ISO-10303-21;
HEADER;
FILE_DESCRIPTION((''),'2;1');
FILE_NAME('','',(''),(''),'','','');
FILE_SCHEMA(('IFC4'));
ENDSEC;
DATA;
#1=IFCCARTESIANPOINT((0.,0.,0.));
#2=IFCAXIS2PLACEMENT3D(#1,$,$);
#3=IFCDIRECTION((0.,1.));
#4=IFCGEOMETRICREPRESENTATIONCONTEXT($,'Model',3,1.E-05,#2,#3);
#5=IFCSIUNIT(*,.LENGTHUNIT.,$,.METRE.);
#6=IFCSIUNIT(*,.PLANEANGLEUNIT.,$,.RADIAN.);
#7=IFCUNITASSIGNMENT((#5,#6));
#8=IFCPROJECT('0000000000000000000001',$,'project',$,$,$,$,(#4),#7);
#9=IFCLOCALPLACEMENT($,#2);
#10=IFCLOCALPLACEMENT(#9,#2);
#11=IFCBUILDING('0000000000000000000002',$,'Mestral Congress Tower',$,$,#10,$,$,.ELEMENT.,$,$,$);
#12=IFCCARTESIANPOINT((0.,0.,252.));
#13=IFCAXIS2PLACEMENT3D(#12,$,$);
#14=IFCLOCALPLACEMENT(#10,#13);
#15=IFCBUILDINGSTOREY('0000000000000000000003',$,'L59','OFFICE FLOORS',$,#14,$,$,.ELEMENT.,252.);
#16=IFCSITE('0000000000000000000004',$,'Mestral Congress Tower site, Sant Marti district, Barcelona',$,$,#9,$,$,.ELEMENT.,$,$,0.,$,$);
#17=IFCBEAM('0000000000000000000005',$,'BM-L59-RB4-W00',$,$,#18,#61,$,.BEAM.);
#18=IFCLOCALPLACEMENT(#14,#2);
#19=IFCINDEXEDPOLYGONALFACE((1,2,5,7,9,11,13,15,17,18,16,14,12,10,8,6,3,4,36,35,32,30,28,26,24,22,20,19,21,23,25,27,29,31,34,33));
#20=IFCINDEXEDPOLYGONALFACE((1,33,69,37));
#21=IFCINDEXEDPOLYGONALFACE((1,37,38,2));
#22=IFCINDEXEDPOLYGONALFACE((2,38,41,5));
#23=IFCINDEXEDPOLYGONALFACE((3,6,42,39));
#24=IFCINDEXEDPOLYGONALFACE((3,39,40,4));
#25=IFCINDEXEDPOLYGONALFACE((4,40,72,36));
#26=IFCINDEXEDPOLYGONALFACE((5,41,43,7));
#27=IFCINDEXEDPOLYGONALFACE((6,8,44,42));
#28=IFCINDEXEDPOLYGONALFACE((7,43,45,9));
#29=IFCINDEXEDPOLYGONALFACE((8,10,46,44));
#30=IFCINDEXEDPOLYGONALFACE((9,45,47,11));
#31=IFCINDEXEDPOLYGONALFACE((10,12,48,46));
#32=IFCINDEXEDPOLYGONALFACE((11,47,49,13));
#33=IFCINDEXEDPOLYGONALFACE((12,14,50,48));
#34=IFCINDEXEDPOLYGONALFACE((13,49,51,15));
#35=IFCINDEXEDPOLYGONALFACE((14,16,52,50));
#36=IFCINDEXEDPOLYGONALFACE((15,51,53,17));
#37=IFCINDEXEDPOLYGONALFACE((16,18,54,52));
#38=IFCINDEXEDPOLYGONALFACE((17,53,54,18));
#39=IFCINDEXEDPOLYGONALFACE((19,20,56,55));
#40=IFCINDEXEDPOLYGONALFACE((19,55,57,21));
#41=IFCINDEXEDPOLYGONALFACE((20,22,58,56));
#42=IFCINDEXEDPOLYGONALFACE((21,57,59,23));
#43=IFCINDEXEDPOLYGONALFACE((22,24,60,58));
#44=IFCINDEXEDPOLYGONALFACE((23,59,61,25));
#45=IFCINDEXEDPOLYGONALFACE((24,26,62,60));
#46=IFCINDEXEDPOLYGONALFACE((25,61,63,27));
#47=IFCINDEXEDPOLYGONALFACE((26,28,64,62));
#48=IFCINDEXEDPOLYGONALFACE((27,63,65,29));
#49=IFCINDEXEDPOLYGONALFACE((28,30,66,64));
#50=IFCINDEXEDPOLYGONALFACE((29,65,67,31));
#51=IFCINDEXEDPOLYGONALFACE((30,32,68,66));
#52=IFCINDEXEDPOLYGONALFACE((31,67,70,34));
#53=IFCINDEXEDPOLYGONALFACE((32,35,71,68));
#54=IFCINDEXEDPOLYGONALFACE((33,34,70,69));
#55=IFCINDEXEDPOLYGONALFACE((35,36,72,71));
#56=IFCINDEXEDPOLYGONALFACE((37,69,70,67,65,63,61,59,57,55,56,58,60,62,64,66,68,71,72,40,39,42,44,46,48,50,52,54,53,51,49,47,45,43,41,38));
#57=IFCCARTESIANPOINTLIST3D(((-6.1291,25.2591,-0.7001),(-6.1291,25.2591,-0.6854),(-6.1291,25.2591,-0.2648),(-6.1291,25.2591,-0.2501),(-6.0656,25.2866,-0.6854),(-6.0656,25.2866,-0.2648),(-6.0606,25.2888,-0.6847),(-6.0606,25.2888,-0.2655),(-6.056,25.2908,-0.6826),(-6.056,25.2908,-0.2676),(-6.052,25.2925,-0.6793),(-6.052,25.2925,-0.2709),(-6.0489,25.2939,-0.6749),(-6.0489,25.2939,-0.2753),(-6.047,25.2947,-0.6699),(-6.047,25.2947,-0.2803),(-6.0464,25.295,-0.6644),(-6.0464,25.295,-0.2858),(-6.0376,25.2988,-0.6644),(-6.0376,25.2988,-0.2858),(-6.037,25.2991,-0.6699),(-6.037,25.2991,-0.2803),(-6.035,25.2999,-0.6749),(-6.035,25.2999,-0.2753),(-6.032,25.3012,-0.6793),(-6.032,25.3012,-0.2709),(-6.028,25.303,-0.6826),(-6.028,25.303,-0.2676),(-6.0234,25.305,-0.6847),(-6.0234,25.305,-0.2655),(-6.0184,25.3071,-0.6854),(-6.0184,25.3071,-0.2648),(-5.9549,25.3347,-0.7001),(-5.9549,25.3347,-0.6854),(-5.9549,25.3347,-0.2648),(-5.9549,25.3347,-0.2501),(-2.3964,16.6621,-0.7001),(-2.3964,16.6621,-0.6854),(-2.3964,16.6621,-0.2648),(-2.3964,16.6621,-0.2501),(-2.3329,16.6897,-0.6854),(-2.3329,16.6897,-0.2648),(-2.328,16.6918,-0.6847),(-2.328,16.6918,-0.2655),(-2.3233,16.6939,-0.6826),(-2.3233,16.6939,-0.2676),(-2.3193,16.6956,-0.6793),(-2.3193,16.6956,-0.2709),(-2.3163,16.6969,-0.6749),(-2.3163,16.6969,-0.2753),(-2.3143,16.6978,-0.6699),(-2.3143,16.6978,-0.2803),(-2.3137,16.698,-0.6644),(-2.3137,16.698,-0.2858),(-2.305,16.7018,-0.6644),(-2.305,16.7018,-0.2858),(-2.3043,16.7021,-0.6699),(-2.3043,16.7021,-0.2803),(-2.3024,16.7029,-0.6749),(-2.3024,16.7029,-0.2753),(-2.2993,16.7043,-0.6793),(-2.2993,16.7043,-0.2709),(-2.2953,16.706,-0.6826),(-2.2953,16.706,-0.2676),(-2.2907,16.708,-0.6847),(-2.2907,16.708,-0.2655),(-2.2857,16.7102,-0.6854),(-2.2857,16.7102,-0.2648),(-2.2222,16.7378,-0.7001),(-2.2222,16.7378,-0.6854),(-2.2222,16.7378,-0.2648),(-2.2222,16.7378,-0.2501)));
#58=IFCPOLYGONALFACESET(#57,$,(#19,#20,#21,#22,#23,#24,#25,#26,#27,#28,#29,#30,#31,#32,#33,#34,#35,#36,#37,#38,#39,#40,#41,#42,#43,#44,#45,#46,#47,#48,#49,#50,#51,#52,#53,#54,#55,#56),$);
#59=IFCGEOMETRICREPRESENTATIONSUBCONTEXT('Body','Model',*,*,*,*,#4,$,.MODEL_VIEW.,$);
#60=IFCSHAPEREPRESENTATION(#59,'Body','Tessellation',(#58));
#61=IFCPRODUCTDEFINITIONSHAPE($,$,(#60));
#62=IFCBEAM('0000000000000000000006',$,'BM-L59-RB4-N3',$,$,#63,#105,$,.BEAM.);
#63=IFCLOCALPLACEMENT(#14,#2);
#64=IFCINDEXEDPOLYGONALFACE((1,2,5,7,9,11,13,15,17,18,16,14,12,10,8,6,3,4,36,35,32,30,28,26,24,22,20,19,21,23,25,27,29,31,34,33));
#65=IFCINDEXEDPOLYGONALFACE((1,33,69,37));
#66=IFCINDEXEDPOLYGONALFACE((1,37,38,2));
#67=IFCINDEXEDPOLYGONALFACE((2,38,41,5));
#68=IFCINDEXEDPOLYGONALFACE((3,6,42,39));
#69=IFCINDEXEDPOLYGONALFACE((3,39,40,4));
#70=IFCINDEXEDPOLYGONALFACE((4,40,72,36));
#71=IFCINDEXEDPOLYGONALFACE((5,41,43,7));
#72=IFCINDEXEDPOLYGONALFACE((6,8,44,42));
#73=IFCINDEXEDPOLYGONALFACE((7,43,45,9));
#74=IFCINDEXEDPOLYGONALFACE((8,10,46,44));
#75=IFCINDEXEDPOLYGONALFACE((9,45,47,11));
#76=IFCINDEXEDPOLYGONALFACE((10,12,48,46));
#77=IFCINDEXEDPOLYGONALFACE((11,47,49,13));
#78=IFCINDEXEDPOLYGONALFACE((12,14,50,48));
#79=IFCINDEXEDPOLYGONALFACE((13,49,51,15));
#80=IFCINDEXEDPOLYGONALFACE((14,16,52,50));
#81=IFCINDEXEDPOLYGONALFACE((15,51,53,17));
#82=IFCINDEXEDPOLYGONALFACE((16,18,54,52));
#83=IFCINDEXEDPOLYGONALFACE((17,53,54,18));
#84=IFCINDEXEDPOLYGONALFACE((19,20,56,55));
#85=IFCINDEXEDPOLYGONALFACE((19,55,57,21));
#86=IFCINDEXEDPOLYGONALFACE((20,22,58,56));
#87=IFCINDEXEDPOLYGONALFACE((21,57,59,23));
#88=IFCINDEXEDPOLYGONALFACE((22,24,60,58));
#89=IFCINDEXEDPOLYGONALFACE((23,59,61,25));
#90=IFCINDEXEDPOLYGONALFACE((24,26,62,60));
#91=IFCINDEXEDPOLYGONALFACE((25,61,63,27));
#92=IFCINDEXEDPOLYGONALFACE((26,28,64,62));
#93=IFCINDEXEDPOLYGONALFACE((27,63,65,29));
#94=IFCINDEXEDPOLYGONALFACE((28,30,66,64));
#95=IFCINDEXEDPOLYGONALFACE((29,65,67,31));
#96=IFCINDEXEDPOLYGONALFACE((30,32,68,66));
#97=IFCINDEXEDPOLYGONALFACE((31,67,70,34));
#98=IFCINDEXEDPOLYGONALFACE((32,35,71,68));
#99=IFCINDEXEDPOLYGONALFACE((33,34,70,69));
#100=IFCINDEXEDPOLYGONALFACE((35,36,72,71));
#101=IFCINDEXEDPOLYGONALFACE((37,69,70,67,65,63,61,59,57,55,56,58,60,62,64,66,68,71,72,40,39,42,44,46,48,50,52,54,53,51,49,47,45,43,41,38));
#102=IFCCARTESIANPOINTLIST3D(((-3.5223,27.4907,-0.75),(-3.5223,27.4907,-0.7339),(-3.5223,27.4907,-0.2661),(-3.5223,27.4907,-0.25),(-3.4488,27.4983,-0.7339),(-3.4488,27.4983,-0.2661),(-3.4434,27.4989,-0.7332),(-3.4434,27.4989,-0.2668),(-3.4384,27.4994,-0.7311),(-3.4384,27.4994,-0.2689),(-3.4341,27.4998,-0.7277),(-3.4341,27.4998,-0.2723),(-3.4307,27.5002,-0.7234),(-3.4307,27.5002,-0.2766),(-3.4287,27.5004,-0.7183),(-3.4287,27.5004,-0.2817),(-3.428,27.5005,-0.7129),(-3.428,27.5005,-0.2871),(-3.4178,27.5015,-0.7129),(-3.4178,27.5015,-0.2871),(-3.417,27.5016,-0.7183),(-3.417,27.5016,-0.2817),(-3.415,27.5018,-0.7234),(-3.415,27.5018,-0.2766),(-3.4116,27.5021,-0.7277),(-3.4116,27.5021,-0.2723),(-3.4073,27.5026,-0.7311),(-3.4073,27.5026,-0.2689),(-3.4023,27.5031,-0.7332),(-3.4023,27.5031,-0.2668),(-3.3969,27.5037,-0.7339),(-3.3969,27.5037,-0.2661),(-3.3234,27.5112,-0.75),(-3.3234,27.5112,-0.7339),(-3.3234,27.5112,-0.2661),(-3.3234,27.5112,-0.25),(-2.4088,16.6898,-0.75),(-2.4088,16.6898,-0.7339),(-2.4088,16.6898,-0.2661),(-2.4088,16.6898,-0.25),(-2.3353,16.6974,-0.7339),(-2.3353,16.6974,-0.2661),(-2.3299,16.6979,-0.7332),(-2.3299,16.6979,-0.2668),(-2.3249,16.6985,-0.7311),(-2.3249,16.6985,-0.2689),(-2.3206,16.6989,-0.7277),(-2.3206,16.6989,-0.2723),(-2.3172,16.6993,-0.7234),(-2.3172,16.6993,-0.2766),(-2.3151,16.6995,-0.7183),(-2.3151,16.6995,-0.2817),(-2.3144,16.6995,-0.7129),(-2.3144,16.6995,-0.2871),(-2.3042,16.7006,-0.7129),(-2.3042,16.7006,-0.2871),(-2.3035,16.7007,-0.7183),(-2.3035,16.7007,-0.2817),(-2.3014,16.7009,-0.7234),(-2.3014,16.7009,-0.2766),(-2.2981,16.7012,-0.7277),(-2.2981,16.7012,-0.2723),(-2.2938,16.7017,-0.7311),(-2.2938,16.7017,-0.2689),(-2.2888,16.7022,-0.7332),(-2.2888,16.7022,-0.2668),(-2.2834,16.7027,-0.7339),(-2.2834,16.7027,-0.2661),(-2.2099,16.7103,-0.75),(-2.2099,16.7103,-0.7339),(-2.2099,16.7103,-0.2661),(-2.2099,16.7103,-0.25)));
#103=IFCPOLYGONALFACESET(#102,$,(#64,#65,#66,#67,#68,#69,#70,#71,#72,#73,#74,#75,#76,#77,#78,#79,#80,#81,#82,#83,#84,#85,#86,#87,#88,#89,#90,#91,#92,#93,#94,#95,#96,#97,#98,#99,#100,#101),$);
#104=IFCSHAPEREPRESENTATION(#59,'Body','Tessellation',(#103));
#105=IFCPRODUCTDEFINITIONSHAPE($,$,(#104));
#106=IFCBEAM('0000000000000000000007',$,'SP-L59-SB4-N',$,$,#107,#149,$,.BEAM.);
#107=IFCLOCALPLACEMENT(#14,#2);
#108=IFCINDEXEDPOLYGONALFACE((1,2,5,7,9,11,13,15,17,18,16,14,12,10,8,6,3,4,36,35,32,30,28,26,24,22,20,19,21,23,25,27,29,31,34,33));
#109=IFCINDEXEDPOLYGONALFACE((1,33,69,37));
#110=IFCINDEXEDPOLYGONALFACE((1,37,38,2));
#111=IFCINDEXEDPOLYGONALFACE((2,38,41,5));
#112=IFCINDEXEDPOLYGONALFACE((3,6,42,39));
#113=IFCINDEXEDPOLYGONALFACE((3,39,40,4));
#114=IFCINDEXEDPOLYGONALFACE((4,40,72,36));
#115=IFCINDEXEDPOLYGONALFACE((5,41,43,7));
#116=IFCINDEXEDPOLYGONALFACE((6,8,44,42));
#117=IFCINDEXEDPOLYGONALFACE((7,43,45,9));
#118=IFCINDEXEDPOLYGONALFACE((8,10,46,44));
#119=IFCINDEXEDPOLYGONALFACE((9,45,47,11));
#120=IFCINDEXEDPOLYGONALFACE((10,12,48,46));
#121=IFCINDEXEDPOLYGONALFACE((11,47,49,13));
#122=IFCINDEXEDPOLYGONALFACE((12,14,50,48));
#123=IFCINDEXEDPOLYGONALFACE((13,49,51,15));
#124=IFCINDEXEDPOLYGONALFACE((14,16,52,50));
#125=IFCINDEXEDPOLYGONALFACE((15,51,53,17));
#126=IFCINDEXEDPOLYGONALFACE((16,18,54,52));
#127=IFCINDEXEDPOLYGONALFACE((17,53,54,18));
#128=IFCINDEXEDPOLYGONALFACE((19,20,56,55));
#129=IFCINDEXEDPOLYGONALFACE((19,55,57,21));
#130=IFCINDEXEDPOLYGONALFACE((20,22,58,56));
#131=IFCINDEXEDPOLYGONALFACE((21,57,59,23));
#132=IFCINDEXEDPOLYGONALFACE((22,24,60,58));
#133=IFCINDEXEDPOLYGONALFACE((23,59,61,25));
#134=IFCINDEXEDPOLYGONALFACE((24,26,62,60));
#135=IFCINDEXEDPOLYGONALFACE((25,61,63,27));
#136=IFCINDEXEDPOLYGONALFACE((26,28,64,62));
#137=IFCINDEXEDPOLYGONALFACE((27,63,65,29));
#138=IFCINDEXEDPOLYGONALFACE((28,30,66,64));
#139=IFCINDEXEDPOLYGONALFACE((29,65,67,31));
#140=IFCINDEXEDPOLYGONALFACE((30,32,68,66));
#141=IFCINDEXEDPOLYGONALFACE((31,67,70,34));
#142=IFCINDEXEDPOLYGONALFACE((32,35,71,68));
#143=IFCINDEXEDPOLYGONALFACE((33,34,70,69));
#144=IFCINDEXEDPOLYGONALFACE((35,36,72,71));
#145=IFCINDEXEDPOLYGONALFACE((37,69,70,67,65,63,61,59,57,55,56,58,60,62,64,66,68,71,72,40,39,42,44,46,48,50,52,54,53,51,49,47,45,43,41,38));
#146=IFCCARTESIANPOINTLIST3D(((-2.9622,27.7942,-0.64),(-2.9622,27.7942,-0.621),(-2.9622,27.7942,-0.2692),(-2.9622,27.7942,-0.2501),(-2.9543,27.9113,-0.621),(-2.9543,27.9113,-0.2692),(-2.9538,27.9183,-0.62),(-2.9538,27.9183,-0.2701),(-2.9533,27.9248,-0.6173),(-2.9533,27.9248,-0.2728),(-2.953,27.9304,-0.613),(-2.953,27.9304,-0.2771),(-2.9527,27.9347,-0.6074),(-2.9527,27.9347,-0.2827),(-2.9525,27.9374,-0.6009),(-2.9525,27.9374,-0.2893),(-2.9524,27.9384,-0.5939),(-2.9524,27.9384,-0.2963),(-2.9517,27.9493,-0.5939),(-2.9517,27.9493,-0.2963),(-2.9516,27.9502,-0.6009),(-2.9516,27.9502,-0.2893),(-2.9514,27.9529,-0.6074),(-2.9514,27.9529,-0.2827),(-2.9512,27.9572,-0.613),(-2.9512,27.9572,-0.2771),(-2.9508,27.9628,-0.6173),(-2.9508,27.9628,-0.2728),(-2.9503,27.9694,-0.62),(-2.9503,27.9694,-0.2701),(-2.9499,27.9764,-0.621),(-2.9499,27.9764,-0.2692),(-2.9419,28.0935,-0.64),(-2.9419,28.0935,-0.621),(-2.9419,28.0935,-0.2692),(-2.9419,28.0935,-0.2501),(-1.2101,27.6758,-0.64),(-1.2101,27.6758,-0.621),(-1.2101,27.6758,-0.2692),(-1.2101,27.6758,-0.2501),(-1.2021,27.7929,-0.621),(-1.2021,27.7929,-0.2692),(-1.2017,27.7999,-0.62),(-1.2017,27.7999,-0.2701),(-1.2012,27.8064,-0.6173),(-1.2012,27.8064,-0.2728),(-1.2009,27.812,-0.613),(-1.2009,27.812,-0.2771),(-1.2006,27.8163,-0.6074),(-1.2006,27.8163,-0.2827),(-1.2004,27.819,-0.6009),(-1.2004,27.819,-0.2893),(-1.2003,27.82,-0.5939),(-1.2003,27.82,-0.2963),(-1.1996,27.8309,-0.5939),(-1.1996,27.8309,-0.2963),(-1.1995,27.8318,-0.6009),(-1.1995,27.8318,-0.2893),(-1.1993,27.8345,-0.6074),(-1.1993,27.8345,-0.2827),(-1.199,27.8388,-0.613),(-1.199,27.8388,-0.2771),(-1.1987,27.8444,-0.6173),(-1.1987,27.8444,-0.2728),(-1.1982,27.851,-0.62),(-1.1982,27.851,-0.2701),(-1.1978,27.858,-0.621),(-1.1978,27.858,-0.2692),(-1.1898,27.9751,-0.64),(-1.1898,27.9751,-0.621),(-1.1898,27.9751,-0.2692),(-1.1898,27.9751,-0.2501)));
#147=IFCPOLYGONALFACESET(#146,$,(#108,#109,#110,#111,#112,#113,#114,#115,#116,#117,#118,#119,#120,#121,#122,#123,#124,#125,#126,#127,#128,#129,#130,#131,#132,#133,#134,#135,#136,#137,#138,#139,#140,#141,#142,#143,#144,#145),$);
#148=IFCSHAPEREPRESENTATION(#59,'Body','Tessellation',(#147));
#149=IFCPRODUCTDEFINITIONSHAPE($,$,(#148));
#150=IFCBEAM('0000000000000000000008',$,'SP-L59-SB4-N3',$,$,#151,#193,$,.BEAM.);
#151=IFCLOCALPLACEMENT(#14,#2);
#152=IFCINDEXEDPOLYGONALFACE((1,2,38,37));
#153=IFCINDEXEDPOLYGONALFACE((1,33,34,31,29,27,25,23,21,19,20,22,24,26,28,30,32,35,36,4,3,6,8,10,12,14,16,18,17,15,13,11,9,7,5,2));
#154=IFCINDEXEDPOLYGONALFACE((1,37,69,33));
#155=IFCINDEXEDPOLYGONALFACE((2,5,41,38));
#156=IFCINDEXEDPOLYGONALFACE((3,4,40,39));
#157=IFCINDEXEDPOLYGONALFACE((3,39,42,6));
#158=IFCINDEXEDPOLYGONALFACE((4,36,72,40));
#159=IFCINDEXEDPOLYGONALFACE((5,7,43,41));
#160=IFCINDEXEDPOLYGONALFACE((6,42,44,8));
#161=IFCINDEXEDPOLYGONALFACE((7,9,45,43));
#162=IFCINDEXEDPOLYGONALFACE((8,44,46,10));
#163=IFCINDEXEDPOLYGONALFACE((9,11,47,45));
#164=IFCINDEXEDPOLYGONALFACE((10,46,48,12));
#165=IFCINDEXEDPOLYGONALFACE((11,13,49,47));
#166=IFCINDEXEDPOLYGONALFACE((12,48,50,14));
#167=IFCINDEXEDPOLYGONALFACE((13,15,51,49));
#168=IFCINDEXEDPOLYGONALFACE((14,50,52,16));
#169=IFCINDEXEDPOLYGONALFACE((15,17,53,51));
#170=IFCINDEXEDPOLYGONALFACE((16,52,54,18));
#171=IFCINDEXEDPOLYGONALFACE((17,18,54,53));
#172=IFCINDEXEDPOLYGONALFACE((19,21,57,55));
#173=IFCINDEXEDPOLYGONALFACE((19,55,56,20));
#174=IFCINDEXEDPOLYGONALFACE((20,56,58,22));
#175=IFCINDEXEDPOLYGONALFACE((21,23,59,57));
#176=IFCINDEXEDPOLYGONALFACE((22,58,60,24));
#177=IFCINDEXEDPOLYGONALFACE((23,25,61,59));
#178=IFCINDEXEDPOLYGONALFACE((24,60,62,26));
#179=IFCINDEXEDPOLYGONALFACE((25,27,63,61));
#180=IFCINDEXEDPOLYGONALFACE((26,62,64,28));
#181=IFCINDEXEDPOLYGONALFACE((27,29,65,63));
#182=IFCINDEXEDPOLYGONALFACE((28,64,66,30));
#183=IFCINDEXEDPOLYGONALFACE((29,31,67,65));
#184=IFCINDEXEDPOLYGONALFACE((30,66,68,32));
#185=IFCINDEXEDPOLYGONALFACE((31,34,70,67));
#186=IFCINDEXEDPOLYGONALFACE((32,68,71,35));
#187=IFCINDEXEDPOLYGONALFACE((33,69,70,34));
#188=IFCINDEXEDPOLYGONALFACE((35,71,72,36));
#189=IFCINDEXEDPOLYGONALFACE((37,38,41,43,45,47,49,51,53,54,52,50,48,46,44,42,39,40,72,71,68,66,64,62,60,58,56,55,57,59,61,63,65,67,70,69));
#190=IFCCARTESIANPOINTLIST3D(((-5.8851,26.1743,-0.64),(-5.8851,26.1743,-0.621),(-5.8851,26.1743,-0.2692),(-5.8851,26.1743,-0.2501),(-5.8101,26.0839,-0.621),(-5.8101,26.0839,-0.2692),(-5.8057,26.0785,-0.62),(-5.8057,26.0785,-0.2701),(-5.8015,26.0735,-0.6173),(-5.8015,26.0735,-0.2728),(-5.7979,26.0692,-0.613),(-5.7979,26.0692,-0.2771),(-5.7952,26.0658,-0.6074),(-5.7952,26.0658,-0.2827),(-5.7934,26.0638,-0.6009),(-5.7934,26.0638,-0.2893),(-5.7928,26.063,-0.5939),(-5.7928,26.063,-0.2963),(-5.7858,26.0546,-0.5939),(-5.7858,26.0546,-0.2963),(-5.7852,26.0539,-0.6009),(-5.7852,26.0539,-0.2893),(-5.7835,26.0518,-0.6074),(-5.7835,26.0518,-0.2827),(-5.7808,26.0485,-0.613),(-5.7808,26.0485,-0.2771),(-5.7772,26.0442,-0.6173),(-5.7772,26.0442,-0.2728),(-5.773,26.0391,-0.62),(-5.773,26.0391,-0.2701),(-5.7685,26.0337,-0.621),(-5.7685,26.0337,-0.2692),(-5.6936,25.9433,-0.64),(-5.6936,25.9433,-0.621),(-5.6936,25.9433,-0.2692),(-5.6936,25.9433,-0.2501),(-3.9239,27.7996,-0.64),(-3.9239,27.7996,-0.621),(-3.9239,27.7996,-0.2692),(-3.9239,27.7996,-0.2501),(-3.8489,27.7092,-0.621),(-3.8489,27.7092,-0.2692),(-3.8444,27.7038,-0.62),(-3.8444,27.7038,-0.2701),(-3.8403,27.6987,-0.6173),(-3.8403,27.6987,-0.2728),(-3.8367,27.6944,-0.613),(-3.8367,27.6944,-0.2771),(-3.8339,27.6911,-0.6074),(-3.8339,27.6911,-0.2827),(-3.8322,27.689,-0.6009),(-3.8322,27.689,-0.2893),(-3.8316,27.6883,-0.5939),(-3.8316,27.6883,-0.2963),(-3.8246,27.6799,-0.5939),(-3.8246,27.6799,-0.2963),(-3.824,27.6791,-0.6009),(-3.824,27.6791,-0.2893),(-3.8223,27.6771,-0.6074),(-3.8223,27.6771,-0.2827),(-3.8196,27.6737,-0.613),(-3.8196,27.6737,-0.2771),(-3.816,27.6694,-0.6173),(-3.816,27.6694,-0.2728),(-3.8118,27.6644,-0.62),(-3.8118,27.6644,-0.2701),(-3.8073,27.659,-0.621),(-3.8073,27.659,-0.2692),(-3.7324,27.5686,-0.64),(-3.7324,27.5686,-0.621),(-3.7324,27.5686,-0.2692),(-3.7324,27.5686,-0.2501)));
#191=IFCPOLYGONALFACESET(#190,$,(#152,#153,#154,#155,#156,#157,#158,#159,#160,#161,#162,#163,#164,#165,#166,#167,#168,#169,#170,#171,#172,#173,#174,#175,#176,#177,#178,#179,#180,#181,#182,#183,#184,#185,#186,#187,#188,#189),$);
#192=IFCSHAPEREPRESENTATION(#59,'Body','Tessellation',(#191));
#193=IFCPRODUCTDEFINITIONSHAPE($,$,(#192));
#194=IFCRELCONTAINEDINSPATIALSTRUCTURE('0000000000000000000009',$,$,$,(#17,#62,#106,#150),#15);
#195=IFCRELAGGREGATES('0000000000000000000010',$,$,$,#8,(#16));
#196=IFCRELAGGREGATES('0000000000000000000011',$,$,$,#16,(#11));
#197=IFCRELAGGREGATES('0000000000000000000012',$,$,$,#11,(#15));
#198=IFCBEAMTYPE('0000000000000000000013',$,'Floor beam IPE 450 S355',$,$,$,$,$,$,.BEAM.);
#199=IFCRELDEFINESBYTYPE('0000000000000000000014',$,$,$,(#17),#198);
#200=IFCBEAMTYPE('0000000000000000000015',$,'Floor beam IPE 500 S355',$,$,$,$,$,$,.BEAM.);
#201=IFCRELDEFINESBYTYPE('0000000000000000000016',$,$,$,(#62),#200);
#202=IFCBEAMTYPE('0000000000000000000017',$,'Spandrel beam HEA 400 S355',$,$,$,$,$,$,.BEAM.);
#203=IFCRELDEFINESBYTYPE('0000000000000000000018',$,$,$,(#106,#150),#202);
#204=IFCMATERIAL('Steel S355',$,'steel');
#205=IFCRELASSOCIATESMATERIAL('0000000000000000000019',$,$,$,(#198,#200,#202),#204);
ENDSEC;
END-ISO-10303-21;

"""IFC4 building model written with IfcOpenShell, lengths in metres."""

from ifc_helpers import new_model, si_unit, direction, frame, origin, origin_2d, place, context, subcontext, project, spatial, i_section, extrude, material, material_profile, profile_set, type_object, element, save


model = new_model("IFC4")

# Units and contexts
model_context = context("Model", 3, precision=1e-05, world=origin(), true_north=direction((0.0, 1.0)))
body_context = subcontext(model_context, "Body", "Model", "MODEL_VIEW")
ifc_project = project(units=[si_unit("LENGTHUNIT", "METRE"), si_unit("PLANEANGLEUNIT", "RADIAN")], contexts=[model_context])

# Site, building, storey
site_placement = place(None, origin())
site = spatial("IfcSite", under=ifc_project, at=site_placement, Name="Mestral Congress Tower site, Sant Marti district, Barcelona", CompositionType="ELEMENT", RefElevation=0.0)
building_placement = place(site_placement, origin())
building = spatial("IfcBuilding", under=site, at=building_placement, Name="Mestral Congress Tower", CompositionType="ELEMENT")
storey_placement = place(building_placement, frame((0.0, 0.0, 252.0)))
storey = spatial("IfcBuildingStorey", under=building, at=storey_placement, Name="L59", Description="OFFICE FLOORS", CompositionType="ELEMENT", Elevation=252.0)

# Beams
ifc_material_1 = material(Name="Steel S355", Category="steel")
ifc_material_profile_1 = material_profile(ifc_material_1, i_section(OverallWidth=0.1899, OverallDepth=0.45, WebThickness=0.0095, FlangeThickness=0.0146, FilletRadius=0.021, at=origin_2d()), Name="IPE 450")
ifc_profile_set_1 = profile_set([ifc_material_profile_1], Name="Steel S355")
beam_type_1 = type_object("IfcBeamType", Name="Floor beam IPE 450 S355", PredefinedType="BEAM", material=ifc_profile_set_1)
beam_1_placement = place(storey_placement, frame((-6.042, 25.2969, -0.4751), z_axis=(0.398266, -0.91727, 0.0), x_axis=(0.91727, 0.398266, 0.0)))
element("IfcBeam", 1, at=beam_1_placement, inside=storey, type_object=beam_type_1, Name="BM-L59-RB4-W00", PredefinedType="BEAM", context=body_context, shape_type="SweptSolid", body=[
    extrude(i_section(OverallWidth=0.1899, OverallDepth=0.45, WebThickness=0.0095, FlangeThickness=0.0146, FilletRadius=0.021, at=origin_2d()), origin(), (0.0, 0.0, 1.0), 9.3723),
])
ifc_material_profile_2 = material_profile(ifc_material_1, i_section(OverallWidth=0.2, OverallDepth=0.5, WebThickness=0.0103, FlangeThickness=0.0161, FilletRadius=0.021, at=origin_2d()), Name="IPE 500")
ifc_profile_set_2 = profile_set([ifc_material_profile_2], Name="Steel S355")
beam_type_2 = type_object("IfcBeamType", Name="Floor beam IPE 500 S355", PredefinedType="BEAM", material=ifc_profile_set_2)
beam_2_placement = place(storey_placement, frame((-3.4229, 27.501, -0.5), z_axis=(0.102551, -0.994728, 0.0), x_axis=(0.994728, 0.102551, 0.0)))
element("IfcBeam", 2, at=beam_2_placement, inside=storey, type_object=beam_type_2, Name="BM-L59-RB4-N3", PredefinedType="BEAM", context=body_context, shape_type="SweptSolid", body=[
    extrude(i_section(OverallWidth=0.2, OverallDepth=0.5, WebThickness=0.0103, FlangeThickness=0.0161, FilletRadius=0.021, at=origin_2d()), origin(), (0.0, 0.0, 1.0), 10.8582),
])
ifc_material_profile_3 = material_profile(ifc_material_1, i_section(OverallWidth=0.3, OverallDepth=0.3899, WebThickness=0.011, FlangeThickness=0.019, FilletRadius=0.0271, at=origin_2d()), Name="HEA 400")
ifc_profile_set_3 = profile_set([ifc_material_profile_3], Name="Steel S355")
beam_type_3 = type_object("IfcBeamType", Name="Spandrel beam HEA 400 S355", PredefinedType="BEAM", material=ifc_profile_set_3)
beam_3_placement = place(storey_placement, frame((-1.2, 27.8254, -0.4451), z_axis=(-0.997724, 0.067423, 0.0), x_axis=(-0.067423, -0.997724, 0.0)))
element("IfcBeam", 3, at=beam_3_placement, inside=storey, type_object=beam_type_3, Name="SP-L59-SB4-N", PredefinedType="BEAM", context=body_context, shape_type="SweptSolid", body=[
    extrude(i_section(OverallWidth=0.3, OverallDepth=0.3899, WebThickness=0.011, FlangeThickness=0.019, FilletRadius=0.0271, at=origin_2d()), origin(), (0.0, 0.0, 1.0), 1.7561),
])
beam_4_placement = place(storey_placement, frame((-3.8281, 27.6841, -0.4451), z_axis=(-0.76997, -0.63808, 0.0), x_axis=(0.63808, -0.76997, 0.0)))
element("IfcBeam", 4, at=beam_4_placement, inside=storey, type_object=beam_type_3, Name="SP-L59-SB4-N3", PredefinedType="BEAM", context=body_context, shape_type="SweptSolid", body=[
    extrude(i_section(OverallWidth=0.3, OverallDepth=0.3899, WebThickness=0.011, FlangeThickness=0.019, FilletRadius=0.0271, at=origin_2d()), origin(), (0.0, 0.0, 1.0), 2.5471),
])

save(model, "model.ifc")
